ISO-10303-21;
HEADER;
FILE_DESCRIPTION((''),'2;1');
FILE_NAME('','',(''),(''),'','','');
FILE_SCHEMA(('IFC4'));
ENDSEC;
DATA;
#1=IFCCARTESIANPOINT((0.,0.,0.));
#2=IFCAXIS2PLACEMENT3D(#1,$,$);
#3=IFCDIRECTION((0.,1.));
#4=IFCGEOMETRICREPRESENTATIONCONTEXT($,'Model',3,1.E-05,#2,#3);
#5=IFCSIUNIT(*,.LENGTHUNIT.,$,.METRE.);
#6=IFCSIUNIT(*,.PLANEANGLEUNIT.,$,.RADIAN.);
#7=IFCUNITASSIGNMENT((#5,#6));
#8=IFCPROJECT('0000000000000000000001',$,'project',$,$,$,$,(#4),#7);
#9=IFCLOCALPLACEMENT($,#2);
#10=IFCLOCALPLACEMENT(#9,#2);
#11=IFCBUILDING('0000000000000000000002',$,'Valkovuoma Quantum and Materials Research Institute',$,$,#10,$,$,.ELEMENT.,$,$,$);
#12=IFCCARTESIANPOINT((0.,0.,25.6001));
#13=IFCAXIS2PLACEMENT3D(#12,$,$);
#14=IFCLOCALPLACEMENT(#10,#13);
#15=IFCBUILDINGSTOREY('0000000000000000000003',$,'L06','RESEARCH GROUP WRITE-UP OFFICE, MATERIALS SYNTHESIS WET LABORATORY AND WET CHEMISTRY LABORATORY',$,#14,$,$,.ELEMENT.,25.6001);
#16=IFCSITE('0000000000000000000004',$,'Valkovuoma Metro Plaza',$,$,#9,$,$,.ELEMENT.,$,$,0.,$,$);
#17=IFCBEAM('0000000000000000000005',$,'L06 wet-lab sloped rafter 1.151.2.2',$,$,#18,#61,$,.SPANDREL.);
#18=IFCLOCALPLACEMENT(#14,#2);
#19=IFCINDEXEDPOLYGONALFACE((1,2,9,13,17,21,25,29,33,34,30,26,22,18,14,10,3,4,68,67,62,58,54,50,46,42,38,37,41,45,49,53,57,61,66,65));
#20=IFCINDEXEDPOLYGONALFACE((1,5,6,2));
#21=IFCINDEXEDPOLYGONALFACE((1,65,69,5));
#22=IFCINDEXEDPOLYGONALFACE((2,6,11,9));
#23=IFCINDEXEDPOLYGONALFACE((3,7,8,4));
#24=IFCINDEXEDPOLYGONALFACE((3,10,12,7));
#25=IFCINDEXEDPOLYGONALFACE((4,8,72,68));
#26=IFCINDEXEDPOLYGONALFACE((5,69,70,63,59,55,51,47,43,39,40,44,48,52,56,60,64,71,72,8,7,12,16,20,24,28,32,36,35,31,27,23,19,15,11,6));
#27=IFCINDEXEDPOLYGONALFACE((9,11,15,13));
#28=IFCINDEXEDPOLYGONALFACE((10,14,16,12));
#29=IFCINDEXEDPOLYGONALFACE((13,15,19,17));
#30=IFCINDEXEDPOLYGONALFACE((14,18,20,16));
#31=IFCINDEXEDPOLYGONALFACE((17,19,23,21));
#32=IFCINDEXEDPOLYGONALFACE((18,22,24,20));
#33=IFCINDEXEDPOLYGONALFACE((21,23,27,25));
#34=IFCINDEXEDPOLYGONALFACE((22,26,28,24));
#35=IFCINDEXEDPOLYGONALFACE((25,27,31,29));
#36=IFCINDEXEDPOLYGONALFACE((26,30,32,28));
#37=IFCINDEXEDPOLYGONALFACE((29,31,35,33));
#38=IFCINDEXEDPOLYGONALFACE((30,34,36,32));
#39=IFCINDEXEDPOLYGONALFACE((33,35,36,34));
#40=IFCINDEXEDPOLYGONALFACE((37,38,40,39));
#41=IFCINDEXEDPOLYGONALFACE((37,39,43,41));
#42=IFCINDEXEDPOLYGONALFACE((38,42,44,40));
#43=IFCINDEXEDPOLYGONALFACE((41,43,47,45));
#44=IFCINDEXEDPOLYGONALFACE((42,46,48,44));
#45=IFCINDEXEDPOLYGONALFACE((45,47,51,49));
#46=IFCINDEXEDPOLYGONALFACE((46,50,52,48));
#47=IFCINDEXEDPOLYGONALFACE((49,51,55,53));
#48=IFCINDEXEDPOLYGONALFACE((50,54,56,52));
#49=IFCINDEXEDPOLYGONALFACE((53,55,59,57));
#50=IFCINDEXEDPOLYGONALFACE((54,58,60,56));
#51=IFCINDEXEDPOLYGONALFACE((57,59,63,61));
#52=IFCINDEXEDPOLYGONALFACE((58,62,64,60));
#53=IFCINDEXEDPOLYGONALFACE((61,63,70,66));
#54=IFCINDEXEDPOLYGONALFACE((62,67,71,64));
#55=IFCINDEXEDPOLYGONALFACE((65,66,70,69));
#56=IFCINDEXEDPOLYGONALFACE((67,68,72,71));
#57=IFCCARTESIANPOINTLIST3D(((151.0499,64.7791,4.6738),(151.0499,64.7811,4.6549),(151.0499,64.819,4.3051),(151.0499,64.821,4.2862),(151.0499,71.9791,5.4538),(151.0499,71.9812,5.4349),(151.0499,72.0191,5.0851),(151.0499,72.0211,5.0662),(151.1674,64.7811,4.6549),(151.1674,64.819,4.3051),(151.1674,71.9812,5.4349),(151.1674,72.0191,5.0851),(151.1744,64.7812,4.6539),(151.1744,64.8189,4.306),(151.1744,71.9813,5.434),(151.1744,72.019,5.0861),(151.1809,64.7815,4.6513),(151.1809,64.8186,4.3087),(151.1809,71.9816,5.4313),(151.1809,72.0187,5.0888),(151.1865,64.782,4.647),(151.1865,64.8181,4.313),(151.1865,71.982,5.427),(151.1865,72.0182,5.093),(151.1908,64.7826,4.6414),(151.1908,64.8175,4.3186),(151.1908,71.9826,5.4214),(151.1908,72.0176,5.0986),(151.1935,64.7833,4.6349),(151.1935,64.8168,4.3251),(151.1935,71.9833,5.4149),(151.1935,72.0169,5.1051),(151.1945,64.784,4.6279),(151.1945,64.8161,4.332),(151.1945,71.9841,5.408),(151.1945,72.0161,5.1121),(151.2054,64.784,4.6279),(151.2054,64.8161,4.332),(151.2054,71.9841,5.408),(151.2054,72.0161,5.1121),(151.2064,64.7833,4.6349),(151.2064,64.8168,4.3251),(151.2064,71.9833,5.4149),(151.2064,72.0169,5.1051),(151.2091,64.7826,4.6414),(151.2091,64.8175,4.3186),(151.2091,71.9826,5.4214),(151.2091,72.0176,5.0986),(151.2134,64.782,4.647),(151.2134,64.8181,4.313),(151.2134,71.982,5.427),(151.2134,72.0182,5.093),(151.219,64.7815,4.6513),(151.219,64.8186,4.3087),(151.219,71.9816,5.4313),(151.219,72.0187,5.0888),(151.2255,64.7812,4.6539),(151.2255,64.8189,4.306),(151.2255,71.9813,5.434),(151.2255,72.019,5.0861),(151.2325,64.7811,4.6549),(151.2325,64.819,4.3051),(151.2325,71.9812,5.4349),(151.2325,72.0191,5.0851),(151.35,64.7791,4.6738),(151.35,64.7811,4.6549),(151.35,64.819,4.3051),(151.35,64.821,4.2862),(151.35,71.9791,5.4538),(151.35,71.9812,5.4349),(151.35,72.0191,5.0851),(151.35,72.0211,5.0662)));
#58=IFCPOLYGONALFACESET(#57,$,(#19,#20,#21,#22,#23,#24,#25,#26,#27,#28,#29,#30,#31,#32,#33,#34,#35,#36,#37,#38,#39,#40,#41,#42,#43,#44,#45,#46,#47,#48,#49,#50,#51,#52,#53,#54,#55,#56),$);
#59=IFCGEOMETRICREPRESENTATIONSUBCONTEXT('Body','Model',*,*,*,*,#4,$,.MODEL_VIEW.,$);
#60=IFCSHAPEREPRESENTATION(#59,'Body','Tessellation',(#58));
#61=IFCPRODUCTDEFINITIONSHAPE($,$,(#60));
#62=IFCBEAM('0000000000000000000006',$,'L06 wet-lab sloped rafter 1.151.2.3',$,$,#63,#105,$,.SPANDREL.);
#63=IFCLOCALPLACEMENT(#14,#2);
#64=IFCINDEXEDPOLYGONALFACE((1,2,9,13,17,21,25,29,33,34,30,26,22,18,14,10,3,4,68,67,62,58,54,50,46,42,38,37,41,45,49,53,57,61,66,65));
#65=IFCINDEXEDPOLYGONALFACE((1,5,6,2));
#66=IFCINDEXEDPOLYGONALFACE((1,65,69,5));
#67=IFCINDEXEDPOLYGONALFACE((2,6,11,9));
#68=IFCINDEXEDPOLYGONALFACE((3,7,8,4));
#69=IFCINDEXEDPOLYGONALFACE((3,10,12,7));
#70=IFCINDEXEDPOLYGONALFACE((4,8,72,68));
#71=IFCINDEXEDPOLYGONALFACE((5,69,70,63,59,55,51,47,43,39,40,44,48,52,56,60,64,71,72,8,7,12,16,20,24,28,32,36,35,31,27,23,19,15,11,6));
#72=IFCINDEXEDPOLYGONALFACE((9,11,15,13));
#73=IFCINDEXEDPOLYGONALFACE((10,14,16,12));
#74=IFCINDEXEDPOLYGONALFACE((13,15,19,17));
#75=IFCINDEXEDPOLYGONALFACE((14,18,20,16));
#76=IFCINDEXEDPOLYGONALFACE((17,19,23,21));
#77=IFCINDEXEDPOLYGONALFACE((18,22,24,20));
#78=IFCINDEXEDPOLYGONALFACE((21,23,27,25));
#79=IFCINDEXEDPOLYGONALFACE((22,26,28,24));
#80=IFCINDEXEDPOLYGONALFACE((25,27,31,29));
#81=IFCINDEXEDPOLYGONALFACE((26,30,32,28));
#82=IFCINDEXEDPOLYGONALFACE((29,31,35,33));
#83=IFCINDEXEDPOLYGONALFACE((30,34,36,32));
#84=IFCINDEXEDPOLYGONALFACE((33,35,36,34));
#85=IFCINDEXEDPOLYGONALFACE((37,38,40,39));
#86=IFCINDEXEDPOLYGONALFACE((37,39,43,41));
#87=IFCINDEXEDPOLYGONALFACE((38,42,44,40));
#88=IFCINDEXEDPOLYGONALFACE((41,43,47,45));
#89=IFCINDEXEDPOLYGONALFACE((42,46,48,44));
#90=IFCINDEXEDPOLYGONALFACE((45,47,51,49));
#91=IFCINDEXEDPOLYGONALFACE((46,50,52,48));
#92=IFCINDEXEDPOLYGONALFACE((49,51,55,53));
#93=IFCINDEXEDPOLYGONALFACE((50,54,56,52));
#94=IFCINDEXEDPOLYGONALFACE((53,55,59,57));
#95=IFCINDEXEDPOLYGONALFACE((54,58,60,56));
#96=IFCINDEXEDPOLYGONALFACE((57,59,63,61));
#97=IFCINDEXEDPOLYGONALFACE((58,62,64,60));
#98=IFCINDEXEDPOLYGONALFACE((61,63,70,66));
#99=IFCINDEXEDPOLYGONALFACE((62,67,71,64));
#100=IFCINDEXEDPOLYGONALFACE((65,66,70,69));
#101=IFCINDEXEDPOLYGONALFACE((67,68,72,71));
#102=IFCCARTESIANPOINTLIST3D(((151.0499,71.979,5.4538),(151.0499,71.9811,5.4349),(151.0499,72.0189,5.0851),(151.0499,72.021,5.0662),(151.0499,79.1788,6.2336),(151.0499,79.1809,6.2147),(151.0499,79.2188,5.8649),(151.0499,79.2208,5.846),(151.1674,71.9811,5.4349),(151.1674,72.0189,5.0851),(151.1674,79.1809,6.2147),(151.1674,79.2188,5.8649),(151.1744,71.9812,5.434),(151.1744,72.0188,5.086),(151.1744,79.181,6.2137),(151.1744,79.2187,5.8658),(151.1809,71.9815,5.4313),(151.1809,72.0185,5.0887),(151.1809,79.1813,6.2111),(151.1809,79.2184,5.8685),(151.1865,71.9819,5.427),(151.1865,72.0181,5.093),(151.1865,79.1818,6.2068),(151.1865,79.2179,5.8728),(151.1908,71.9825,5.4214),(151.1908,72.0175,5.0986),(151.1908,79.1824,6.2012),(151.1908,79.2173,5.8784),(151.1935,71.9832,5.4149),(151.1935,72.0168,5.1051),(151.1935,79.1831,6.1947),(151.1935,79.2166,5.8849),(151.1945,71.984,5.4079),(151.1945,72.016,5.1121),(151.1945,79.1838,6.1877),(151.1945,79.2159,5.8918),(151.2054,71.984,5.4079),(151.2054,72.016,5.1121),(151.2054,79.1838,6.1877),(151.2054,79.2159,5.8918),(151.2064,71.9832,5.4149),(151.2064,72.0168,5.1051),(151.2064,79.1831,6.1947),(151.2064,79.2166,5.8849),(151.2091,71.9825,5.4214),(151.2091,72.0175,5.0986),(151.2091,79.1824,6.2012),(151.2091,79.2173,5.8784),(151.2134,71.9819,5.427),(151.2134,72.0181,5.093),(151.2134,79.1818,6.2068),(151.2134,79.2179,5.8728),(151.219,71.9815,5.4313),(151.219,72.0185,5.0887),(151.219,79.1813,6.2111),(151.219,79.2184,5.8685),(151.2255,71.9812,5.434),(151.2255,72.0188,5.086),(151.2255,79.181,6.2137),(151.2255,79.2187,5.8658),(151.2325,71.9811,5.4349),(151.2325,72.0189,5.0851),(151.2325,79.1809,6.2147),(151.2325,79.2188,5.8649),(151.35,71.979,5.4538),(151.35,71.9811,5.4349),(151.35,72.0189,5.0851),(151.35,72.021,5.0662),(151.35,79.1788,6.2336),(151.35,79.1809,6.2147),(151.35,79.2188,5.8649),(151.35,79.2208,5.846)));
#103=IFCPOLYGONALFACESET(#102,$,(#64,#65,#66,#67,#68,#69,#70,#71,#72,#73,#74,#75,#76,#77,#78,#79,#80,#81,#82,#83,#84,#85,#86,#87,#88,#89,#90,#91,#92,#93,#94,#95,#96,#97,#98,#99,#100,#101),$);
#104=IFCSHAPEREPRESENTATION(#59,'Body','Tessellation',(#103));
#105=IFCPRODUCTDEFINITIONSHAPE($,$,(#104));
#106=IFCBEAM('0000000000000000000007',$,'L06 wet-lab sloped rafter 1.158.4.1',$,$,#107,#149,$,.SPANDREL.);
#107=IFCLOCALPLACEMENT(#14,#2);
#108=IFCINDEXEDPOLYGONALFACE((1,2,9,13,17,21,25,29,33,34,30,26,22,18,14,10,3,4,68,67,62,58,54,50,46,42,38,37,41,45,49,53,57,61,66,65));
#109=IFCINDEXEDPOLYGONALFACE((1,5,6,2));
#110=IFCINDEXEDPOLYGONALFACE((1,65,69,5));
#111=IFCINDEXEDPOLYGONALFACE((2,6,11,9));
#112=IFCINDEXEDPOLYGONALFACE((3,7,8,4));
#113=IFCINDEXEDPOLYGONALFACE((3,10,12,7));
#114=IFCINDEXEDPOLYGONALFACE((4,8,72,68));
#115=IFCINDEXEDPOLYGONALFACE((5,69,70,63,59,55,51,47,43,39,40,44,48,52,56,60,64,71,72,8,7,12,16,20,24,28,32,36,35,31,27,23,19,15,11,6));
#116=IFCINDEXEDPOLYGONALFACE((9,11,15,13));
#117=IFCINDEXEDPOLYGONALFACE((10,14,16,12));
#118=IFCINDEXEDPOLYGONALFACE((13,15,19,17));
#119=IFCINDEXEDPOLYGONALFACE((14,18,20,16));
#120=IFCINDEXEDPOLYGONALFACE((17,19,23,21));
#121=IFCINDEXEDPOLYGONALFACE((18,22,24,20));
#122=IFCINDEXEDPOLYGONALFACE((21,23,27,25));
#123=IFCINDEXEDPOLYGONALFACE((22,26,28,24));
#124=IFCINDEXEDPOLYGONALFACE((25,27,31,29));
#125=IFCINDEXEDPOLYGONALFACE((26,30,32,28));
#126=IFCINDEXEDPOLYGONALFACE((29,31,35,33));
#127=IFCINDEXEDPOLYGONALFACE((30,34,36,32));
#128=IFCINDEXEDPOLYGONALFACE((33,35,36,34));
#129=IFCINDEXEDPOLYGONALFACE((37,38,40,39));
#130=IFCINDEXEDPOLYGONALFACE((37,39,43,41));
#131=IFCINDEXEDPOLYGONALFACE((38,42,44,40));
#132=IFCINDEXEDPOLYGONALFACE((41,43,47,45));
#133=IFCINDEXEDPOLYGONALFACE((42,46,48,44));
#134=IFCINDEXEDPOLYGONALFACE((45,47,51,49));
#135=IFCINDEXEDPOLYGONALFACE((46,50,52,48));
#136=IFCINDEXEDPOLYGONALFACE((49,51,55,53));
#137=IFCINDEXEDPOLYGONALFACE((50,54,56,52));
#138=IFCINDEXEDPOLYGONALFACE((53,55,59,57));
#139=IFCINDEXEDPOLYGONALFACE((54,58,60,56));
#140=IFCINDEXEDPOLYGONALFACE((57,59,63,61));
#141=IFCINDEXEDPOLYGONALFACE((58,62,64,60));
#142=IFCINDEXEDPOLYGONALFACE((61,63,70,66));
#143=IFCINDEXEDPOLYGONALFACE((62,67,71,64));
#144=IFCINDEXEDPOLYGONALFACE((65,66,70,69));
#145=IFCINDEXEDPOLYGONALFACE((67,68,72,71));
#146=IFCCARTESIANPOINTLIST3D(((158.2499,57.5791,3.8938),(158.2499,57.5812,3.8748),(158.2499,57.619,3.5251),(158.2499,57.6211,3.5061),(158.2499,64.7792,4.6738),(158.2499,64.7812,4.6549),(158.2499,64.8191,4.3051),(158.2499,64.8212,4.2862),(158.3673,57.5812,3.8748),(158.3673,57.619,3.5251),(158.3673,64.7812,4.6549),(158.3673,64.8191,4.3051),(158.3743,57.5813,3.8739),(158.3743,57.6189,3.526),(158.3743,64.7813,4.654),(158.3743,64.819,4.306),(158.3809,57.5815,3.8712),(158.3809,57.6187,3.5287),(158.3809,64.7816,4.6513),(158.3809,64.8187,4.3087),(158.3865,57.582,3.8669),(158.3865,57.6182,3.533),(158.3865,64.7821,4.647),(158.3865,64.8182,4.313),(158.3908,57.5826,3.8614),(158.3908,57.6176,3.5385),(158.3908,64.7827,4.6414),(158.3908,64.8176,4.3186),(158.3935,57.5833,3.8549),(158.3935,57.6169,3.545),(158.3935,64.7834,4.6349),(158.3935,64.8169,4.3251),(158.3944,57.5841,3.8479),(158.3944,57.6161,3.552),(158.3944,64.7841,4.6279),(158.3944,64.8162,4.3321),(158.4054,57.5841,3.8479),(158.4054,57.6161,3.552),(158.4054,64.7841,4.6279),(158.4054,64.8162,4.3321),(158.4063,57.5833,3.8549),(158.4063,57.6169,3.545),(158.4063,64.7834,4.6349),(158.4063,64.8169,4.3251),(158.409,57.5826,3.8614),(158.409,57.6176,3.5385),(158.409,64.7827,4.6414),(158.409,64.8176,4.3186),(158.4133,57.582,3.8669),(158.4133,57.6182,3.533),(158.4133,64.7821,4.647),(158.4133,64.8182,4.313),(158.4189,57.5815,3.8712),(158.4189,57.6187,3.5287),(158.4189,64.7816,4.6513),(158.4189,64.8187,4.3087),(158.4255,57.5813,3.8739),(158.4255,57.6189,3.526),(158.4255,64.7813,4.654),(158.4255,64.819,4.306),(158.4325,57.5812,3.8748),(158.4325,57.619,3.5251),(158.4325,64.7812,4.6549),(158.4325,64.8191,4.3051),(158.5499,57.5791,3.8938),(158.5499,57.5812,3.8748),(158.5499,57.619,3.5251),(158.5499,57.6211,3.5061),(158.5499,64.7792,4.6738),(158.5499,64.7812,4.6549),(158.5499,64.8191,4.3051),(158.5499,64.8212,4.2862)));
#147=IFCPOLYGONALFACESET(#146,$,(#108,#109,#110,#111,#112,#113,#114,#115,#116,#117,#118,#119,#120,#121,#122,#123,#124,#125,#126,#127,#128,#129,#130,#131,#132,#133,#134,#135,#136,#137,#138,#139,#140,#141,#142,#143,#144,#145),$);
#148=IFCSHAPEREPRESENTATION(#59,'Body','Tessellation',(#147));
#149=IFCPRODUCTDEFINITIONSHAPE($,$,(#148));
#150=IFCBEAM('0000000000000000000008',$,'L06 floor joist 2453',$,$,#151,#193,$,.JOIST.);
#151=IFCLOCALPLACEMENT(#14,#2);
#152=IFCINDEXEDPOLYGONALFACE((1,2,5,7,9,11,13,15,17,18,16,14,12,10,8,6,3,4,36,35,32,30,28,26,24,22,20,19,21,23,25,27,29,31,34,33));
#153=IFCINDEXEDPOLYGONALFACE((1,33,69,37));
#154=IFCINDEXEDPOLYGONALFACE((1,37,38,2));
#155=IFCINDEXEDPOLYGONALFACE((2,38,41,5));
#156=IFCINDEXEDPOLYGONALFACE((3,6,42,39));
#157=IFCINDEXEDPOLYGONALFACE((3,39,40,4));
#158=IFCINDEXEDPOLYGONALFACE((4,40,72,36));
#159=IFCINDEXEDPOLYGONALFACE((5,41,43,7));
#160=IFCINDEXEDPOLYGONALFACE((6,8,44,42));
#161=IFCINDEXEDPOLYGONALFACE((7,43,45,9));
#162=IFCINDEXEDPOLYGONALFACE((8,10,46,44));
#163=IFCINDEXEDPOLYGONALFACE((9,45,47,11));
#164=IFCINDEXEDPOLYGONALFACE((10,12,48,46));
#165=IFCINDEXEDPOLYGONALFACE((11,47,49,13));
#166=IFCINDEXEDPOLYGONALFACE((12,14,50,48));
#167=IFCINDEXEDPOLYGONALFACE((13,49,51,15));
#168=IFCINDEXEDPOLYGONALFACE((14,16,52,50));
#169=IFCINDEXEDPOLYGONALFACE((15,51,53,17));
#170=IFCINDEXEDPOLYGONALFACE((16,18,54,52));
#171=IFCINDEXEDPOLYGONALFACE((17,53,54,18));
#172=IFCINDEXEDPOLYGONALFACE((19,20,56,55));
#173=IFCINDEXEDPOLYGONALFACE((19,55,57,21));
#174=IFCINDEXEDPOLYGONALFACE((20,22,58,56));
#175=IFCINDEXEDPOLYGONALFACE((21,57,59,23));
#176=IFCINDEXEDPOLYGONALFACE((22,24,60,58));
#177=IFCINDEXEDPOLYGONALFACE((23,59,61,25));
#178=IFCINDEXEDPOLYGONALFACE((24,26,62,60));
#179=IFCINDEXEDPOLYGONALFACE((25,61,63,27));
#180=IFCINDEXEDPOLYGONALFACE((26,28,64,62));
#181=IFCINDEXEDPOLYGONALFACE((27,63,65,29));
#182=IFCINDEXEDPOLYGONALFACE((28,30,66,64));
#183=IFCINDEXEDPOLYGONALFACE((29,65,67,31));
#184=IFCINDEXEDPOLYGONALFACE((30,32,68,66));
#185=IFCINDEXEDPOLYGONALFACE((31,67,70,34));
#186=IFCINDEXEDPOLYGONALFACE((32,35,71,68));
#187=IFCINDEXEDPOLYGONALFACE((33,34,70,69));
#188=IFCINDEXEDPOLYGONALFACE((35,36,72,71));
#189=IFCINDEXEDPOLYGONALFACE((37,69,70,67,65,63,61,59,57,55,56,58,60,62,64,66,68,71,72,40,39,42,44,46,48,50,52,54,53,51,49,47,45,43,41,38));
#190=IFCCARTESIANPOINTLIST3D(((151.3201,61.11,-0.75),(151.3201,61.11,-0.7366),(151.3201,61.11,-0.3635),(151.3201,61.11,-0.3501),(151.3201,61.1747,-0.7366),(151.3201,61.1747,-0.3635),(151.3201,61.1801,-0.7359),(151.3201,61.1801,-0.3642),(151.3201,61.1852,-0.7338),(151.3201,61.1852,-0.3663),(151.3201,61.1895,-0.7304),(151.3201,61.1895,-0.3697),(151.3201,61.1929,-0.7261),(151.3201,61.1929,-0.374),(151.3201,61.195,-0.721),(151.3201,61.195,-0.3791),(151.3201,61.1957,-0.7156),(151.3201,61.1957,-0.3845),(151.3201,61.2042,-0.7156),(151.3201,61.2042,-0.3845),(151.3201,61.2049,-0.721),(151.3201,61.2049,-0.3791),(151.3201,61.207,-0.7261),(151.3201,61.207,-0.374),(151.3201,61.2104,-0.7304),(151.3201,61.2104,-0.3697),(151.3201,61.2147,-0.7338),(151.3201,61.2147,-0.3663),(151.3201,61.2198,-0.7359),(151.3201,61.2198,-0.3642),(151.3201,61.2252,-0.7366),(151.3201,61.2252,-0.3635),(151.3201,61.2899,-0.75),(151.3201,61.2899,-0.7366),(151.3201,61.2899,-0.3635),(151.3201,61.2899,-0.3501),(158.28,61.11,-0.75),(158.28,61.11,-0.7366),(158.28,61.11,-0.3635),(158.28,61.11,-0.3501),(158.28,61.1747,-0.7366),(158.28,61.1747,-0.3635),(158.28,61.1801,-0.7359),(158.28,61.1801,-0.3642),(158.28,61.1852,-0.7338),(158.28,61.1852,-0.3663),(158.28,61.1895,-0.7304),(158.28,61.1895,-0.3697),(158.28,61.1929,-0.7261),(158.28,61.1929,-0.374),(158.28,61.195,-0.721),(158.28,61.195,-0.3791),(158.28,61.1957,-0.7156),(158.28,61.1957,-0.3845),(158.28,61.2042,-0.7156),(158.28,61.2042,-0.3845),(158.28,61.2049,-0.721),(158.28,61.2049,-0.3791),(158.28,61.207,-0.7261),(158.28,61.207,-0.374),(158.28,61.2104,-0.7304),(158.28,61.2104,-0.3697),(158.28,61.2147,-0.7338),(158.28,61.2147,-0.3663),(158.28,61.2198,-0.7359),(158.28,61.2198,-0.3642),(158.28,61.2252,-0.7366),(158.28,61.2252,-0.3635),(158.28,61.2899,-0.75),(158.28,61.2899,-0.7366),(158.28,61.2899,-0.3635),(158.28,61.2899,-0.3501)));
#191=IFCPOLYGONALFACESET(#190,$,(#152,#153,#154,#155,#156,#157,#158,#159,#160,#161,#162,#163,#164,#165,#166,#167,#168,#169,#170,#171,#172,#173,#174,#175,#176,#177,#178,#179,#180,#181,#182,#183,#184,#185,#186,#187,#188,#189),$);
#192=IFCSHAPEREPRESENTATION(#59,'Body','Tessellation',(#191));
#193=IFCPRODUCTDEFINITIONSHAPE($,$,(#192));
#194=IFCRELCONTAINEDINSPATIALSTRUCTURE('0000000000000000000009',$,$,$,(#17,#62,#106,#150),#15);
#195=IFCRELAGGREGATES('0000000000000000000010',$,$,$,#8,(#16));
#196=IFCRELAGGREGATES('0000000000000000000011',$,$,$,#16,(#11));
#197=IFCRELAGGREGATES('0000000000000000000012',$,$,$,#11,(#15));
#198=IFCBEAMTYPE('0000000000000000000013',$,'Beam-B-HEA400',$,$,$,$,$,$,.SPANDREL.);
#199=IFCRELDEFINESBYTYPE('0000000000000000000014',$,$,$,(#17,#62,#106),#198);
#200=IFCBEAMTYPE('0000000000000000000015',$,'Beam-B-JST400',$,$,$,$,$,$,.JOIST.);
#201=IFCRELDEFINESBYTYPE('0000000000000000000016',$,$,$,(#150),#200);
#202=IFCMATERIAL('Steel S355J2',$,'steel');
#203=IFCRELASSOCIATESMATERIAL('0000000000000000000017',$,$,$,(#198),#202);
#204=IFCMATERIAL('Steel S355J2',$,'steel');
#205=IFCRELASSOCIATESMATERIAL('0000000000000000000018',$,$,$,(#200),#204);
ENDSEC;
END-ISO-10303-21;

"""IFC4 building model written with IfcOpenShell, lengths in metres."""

from ifc_helpers import new_model, si_unit, direction, frame, origin, origin_2d, place, context, subcontext, project, spatial, i_section, extrude, material, material_profile, profile_set, type_object, element, save


model = new_model("IFC4")

# Units and contexts
model_context = context("Model", 3, precision=1e-05, world=origin(), true_north=direction((0.0, 1.0)))
body_context = subcontext(model_context, "Body", "Model", "MODEL_VIEW")
ifc_project = project(units=[si_unit("LENGTHUNIT", "METRE"), si_unit("PLANEANGLEUNIT", "RADIAN")], contexts=[model_context])

# Site, building, storey
site_placement = place(None, origin())
site = spatial("IfcSite", under=ifc_project, at=site_placement, Name="Valkovuoma Metro Plaza", CompositionType="ELEMENT", RefElevation=0.0)
building_placement = place(site_placement, origin())
building = spatial("IfcBuilding", under=site, at=building_placement, Name="Valkovuoma Quantum and Materials Research Institute", CompositionType="ELEMENT")
storey_placement = place(building_placement, frame((0.0, 0.0, 25.6001)))
storey = spatial("IfcBuildingStorey", under=building, at=storey_placement, Name="L06", Description="RESEARCH GROUP WRITE-UP OFFICE, MATERIALS SYNTHESIS WET LABORATORY AND WET CHEMISTRY LABORATORY", CompositionType="ELEMENT", Elevation=25.6001)

# Beams
ifc_material_1 = material(Name="Steel S355J2", Category="steel")
ifc_material_profile_1 = material_profile(ifc_material_1, i_section(OverallWidth=0.3, OverallDepth=0.3899, WebThickness=0.011, FlangeThickness=0.019, FilletRadius=0.0271, at=origin_2d()), Name="Steel S355J2")
ifc_profile_set_1 = profile_set([ifc_material_profile_1], Name="Steel S355J2")
beam_type_1 = type_object("IfcBeamType", Name="Beam-B-HEA400", PredefinedType="SPANDREL", material=ifc_profile_set_1)
for number, where, z_axis, x_axis, name in (
    (1, (151.2, 64.8, 4.48), (0.0, 0.994183, 0.107708), (-1.0, 0.0, 0.0), "L06 wet-lab sloped rafter 1.151.2.2"),
):
    element("IfcBeam", number, at=place(storey_placement, frame(where, z_axis=z_axis, x_axis=x_axis)), inside=storey, type_object=beam_type_1, Name=name, PredefinedType="SPANDREL", context=body_context, shape_type="SweptSolid", body=[
        extrude(i_section(OverallWidth=0.3, OverallDepth=0.3899, WebThickness=0.011, FlangeThickness=0.019, FilletRadius=0.0271, at=origin_2d()), origin(), (0.0, 0.0, 1.0), 7.2422),
    ])
beam_1_placement = place(storey_placement, frame((151.2, 72.0, 5.26), z_axis=(0.0, 0.994186, 0.107675), x_axis=(-1.0, 0.0, 0.0)))
element("IfcBeam", 2, at=beam_1_placement, inside=storey, type_object=beam_type_1, Name="L06 wet-lab sloped rafter 1.151.2.3", PredefinedType="SPANDREL", context=body_context, shape_type="SweptSolid", body=[
    extrude(i_section(OverallWidth=0.3, OverallDepth=0.3899, WebThickness=0.011, FlangeThickness=0.019, FilletRadius=0.0271, at=origin_2d()), origin(), (0.0, 0.0, 1.0), 7.2419),
])
beam_2_placement = place(storey_placement, frame((158.3999, 57.6001, 3.7), z_axis=(0.0, 0.994183, 0.107708), x_axis=(-1.0, 0.0, 0.0)))
element("IfcBeam", 3, at=beam_2_placement, inside=storey, type_object=beam_type_1, Name="L06 wet-lab sloped rafter 1.158.4.1", PredefinedType="SPANDREL", context=body_context, shape_type="SweptSolid", body=[
    extrude(i_section(OverallWidth=0.3, OverallDepth=0.3899, WebThickness=0.011, FlangeThickness=0.019, FilletRadius=0.0271, at=origin_2d()), origin(), (0.0, 0.0, 1.0), 7.2422),
])
ifc_material_2 = material(Name="Steel S355J2", Category="steel")
ifc_material_profile_2 = material_profile(ifc_material_2, i_section(OverallWidth=0.1799, OverallDepth=0.3999, WebThickness=0.0085, FlangeThickness=0.0134, FilletRadius=0.021, at=origin_2d()), Name="Steel S355J2")
ifc_profile_set_2 = profile_set([ifc_material_profile_2], Name="Steel S355J2")
beam_type_2 = type_object("IfcBeamType", Name="Beam-B-JST400", PredefinedType="JOIST", material=ifc_profile_set_2)
for number, where, z_axis, x_axis, name in (
    (4, (151.3201, 61.2, -0.55), (1.0, 0.0, 0.0), (0.0, 1.0, 0.0), "L06 floor joist 2453"),
):
    element("IfcBeam", number, at=place(storey_placement, frame(where, z_axis=z_axis, x_axis=x_axis)), inside=storey, type_object=beam_type_2, Name=name, PredefinedType="JOIST", context=body_context, shape_type="SweptSolid", body=[
        extrude(i_section(OverallWidth=0.1799, OverallDepth=0.3999, WebThickness=0.0085, FlangeThickness=0.0134, FilletRadius=0.021, at=origin_2d()), origin(), (0.0, 0.0, 1.0), 6.96),
    ])

save(model, "model.ifc")
